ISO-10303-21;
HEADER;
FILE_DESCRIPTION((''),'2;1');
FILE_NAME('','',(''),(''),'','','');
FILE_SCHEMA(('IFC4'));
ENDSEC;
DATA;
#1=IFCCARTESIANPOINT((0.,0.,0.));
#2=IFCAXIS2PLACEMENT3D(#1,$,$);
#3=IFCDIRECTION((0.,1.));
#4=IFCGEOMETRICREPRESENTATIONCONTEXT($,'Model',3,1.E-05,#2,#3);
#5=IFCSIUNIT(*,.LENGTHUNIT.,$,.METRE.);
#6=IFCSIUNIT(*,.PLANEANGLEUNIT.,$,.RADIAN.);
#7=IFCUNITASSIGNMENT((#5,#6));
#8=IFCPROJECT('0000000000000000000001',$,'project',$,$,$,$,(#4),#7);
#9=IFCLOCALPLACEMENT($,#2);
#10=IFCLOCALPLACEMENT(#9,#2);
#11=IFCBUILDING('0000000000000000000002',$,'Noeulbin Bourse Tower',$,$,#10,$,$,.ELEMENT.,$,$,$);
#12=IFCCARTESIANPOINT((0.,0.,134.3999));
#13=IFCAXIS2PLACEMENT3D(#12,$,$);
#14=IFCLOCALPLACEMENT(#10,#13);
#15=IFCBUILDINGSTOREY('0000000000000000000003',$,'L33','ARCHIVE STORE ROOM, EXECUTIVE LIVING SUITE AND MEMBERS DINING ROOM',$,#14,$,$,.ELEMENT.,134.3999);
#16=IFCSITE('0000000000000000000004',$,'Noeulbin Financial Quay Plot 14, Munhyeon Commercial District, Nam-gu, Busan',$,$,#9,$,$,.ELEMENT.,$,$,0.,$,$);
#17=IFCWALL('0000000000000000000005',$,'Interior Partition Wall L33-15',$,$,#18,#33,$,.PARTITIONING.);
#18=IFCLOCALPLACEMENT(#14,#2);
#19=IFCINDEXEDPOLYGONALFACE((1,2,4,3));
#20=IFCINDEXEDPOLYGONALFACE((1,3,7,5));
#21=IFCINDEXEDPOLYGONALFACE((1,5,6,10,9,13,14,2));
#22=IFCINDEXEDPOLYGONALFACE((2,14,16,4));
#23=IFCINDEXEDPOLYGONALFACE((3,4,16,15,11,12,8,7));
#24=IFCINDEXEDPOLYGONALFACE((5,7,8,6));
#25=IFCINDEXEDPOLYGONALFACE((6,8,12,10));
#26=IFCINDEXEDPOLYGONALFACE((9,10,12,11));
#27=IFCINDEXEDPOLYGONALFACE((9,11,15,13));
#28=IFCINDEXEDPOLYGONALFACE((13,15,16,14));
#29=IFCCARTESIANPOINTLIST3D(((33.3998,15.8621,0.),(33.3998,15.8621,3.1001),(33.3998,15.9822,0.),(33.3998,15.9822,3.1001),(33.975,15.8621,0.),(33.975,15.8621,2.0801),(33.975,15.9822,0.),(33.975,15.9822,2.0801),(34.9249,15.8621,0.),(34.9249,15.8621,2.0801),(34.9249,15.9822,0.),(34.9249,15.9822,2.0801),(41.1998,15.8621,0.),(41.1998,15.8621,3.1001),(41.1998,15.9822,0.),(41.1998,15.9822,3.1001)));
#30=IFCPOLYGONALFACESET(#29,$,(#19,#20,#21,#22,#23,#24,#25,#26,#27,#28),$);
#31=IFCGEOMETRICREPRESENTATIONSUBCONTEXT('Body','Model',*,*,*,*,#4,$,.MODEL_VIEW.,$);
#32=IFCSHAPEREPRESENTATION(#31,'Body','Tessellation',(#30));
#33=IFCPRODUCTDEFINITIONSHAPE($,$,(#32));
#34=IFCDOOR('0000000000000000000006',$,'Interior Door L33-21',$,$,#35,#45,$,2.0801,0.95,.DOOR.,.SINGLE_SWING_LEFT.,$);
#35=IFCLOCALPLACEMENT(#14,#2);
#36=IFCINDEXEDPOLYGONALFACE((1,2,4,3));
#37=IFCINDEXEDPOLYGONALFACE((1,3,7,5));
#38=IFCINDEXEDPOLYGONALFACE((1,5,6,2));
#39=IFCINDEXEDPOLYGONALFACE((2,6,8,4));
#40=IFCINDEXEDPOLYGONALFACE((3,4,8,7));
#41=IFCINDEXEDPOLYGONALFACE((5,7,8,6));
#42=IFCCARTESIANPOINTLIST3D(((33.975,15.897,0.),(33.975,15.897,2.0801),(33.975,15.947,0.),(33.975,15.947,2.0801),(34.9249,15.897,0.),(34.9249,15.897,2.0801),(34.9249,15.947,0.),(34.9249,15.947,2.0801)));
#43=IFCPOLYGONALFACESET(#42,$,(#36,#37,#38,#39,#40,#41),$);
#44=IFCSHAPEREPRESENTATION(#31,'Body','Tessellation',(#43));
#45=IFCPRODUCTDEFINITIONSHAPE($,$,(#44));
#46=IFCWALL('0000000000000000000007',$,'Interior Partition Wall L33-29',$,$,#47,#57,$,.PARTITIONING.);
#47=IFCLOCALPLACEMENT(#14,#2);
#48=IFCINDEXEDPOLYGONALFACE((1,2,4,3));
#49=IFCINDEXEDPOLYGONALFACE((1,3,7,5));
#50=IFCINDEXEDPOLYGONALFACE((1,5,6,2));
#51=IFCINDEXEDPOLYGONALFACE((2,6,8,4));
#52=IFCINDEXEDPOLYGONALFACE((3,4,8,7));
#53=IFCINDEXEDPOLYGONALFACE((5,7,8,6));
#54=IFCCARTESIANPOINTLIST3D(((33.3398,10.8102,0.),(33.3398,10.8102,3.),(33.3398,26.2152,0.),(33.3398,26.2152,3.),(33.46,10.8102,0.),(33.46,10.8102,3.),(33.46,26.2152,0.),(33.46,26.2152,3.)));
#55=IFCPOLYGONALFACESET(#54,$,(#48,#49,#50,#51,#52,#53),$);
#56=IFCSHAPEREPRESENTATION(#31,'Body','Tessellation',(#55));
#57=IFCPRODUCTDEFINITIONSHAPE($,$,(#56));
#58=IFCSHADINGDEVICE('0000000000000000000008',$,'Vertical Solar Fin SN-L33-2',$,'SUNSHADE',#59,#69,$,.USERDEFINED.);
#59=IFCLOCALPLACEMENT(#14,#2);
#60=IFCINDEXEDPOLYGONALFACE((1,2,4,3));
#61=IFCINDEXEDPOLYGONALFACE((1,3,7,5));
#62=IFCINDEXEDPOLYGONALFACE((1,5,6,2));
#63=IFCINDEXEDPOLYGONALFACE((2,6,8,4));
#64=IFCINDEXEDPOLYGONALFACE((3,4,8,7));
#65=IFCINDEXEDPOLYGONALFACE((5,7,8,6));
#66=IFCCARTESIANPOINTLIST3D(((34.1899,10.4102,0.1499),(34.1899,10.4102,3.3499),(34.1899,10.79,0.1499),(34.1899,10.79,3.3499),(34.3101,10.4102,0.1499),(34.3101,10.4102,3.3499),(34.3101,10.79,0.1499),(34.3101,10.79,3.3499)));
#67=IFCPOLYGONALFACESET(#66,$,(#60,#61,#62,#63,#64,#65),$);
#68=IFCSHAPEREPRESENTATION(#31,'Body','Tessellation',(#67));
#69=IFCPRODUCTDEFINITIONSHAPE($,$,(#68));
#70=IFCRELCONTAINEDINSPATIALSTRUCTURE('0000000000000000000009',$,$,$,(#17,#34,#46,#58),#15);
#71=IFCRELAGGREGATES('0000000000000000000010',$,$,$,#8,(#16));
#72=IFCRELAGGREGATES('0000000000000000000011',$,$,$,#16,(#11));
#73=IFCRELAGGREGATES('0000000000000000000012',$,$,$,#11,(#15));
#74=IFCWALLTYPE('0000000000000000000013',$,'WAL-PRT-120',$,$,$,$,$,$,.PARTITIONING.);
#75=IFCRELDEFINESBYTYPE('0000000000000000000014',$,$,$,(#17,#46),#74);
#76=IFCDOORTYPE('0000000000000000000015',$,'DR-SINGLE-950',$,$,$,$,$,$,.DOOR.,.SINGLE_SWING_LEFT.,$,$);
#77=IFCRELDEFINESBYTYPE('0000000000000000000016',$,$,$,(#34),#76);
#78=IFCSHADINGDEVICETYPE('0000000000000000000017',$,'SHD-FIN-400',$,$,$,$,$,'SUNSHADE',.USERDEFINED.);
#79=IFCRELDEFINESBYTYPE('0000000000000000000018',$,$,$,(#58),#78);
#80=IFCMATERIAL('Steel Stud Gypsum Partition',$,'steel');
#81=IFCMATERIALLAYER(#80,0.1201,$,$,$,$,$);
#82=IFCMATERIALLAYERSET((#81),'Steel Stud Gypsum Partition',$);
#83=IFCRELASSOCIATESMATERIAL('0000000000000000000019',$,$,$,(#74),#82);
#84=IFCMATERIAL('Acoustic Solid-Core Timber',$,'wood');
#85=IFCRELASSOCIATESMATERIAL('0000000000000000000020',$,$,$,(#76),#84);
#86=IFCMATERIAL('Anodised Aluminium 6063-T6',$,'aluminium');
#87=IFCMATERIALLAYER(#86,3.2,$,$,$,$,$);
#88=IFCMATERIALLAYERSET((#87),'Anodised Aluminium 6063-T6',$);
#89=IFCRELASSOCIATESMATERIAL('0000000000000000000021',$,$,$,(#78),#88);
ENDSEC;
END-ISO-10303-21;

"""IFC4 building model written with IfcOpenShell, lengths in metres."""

from ifc_helpers import new_model, si_unit, direction, frame, frame_2d, origin, origin_2d, place, context, subcontext, project, spatial, rectangle, extrude, material, layer, layer_set, type_object, element, fill, save


model = new_model("IFC4")

# Units and contexts
model_context = context("Model", 3, precision=1e-05, world=origin(), true_north=direction((0.0, 1.0)))
body_context = subcontext(model_context, "Body", "Model", "MODEL_VIEW")
ifc_project = project(units=[si_unit("LENGTHUNIT", "METRE"), si_unit("PLANEANGLEUNIT", "RADIAN")], contexts=[model_context])

# Site, building, storey
site_placement = place(None, origin())
site = spatial("IfcSite", under=ifc_project, at=site_placement, Name="Noeulbin Financial Quay Plot 14, Munhyeon Commercial District, Nam-gu, Busan", CompositionType="ELEMENT", RefElevation=0.0)
building_placement = place(site_placement, origin())
building = spatial("IfcBuilding", under=site, at=building_placement, Name="Noeulbin Bourse Tower", CompositionType="ELEMENT")
storey_placement = place(building_placement, frame((0.0, 0.0, 134.3999)))
storey = spatial("IfcBuildingStorey", under=building, at=storey_placement, Name="L33", Description="ARCHIVE STORE ROOM, EXECUTIVE LIVING SUITE AND MEMBERS DINING ROOM", CompositionType="ELEMENT", Elevation=134.3999)

# Shared definitions
ifc_material_1 = material(Name="Anodised Aluminium 6063-T6", Category="aluminium")

# Wall, opening, door
ifc_material_2 = material(Name="Steel Stud Gypsum Partition", Category="steel")
ifc_layer_1 = layer(ifc_material_2, 0.1201)
ifc_layer_set_1 = layer_set([ifc_layer_1], Name="Steel Stud Gypsum Partition")
wall_type = type_object("IfcWallType", Name="WAL-PRT-120", PredefinedType="PARTITIONING", material=ifc_layer_set_1)
wall_1_placement = place(storey_placement, frame((33.3999, 15.9221, 0.0), z_axis=(0.0, 0.0, 1.0), x_axis=(1.0, 0.0, 0.0)))
wall_1 = element("IfcWall", 1, at=wall_1_placement, inside=storey, type_object=wall_type, Name="Interior Partition Wall L33-15", PredefinedType="PARTITIONING", context=body_context, shape_type="SweptSolid", body=[
    extrude(rectangle(XDim=7.8, YDim=0.1201, at=frame_2d((3.8999, 0.0))), origin(), (0.0, 0.0, 1.0), 3.1001),
])
opening_placement = place(wall_1_placement, frame((0.575, 0.0, 0.0)))
opening = element("IfcOpeningElement", 2, at=opening_placement, cuts=wall_1, PredefinedType="OPENING", context=body_context, shape_type="SweptSolid", body=[
    extrude(rectangle(XDim=0.95, YDim=2.0801, at=frame_2d((0.4751, 1.04))), frame((0.0, 0.0701, 0.0), z_axis=(0.0, -1.0, 0.0), x_axis=(1.0, 0.0, 0.0)), (0.0, 0.0, 1.0), 0.1401),
])
ifc_material_3 = material(Name="Acoustic Solid-Core Timber", Category="wood")
door_type = type_object("IfcDoorType", Name="DR-SINGLE-950", OperationType="SINGLE_SWING_LEFT", PredefinedType="DOOR", material=ifc_material_3)
door_placement = place(opening_placement, origin())
door = element("IfcDoor", 3, at=door_placement, inside=storey, type_object=door_type, Name="Interior Door L33-21", OperationType="SINGLE_SWING_LEFT", OverallHeight=2.0801, OverallWidth=0.95, PredefinedType="DOOR", context=body_context, shape_type="SweptSolid", body=[
    extrude(rectangle(XDim=0.95, YDim=2.0801, at=frame_2d((0.4751, 1.04))), frame((0.0, 0.0249, 0.0), z_axis=(0.0, -1.0, 0.0), x_axis=(1.0, 0.0, 0.0)), (0.0, 0.0, 1.0), 0.05),
])
fill(opening, door)

# Wall
wall_2_placement = place(storey_placement, frame((33.3999, 10.8101, 0.0), z_axis=(0.0, 0.0, 1.0), x_axis=(0.0, 1.0, 0.0)))
element("IfcWall", 4, at=wall_2_placement, inside=storey, type_object=wall_type, Name="Interior Partition Wall L33-29", PredefinedType="PARTITIONING", context=body_context, shape_type="SweptSolid", body=[
    extrude(rectangle(XDim=15.405, YDim=0.1201, at=frame_2d((7.7026, 0.0))), origin(), (0.0, 0.0, 1.0), 3.0),
])

# Shading device
ifc_layer_2 = layer(ifc_material_1, 3.2)
ifc_layer_set_2 = layer_set([ifc_layer_2], Name="Anodised Aluminium 6063-T6")
shading_device_type = type_object("IfcShadingDeviceType", Name="SHD-FIN-400", ElementType="SUNSHADE", PredefinedType="USERDEFINED", material=ifc_layer_set_2)
shading_device_placement = place(storey_placement, frame((34.25, 10.6001, 0.1499), z_axis=(0.0, 0.0, 1.0), x_axis=(1.0, 0.0, 0.0)))
element("IfcShadingDevice", 5, at=shading_device_placement, inside=storey, type_object=shading_device_type, Name="Vertical Solar Fin SN-L33-2", ObjectType="SUNSHADE", PredefinedType="USERDEFINED", context=body_context, shape_type="SweptSolid", body=[
    extrude(rectangle(XDim=0.1201, YDim=0.3799, at=origin_2d()), origin(), (0.0, 0.0, 1.0), 3.2),
])

save(model, "model.ifc")
